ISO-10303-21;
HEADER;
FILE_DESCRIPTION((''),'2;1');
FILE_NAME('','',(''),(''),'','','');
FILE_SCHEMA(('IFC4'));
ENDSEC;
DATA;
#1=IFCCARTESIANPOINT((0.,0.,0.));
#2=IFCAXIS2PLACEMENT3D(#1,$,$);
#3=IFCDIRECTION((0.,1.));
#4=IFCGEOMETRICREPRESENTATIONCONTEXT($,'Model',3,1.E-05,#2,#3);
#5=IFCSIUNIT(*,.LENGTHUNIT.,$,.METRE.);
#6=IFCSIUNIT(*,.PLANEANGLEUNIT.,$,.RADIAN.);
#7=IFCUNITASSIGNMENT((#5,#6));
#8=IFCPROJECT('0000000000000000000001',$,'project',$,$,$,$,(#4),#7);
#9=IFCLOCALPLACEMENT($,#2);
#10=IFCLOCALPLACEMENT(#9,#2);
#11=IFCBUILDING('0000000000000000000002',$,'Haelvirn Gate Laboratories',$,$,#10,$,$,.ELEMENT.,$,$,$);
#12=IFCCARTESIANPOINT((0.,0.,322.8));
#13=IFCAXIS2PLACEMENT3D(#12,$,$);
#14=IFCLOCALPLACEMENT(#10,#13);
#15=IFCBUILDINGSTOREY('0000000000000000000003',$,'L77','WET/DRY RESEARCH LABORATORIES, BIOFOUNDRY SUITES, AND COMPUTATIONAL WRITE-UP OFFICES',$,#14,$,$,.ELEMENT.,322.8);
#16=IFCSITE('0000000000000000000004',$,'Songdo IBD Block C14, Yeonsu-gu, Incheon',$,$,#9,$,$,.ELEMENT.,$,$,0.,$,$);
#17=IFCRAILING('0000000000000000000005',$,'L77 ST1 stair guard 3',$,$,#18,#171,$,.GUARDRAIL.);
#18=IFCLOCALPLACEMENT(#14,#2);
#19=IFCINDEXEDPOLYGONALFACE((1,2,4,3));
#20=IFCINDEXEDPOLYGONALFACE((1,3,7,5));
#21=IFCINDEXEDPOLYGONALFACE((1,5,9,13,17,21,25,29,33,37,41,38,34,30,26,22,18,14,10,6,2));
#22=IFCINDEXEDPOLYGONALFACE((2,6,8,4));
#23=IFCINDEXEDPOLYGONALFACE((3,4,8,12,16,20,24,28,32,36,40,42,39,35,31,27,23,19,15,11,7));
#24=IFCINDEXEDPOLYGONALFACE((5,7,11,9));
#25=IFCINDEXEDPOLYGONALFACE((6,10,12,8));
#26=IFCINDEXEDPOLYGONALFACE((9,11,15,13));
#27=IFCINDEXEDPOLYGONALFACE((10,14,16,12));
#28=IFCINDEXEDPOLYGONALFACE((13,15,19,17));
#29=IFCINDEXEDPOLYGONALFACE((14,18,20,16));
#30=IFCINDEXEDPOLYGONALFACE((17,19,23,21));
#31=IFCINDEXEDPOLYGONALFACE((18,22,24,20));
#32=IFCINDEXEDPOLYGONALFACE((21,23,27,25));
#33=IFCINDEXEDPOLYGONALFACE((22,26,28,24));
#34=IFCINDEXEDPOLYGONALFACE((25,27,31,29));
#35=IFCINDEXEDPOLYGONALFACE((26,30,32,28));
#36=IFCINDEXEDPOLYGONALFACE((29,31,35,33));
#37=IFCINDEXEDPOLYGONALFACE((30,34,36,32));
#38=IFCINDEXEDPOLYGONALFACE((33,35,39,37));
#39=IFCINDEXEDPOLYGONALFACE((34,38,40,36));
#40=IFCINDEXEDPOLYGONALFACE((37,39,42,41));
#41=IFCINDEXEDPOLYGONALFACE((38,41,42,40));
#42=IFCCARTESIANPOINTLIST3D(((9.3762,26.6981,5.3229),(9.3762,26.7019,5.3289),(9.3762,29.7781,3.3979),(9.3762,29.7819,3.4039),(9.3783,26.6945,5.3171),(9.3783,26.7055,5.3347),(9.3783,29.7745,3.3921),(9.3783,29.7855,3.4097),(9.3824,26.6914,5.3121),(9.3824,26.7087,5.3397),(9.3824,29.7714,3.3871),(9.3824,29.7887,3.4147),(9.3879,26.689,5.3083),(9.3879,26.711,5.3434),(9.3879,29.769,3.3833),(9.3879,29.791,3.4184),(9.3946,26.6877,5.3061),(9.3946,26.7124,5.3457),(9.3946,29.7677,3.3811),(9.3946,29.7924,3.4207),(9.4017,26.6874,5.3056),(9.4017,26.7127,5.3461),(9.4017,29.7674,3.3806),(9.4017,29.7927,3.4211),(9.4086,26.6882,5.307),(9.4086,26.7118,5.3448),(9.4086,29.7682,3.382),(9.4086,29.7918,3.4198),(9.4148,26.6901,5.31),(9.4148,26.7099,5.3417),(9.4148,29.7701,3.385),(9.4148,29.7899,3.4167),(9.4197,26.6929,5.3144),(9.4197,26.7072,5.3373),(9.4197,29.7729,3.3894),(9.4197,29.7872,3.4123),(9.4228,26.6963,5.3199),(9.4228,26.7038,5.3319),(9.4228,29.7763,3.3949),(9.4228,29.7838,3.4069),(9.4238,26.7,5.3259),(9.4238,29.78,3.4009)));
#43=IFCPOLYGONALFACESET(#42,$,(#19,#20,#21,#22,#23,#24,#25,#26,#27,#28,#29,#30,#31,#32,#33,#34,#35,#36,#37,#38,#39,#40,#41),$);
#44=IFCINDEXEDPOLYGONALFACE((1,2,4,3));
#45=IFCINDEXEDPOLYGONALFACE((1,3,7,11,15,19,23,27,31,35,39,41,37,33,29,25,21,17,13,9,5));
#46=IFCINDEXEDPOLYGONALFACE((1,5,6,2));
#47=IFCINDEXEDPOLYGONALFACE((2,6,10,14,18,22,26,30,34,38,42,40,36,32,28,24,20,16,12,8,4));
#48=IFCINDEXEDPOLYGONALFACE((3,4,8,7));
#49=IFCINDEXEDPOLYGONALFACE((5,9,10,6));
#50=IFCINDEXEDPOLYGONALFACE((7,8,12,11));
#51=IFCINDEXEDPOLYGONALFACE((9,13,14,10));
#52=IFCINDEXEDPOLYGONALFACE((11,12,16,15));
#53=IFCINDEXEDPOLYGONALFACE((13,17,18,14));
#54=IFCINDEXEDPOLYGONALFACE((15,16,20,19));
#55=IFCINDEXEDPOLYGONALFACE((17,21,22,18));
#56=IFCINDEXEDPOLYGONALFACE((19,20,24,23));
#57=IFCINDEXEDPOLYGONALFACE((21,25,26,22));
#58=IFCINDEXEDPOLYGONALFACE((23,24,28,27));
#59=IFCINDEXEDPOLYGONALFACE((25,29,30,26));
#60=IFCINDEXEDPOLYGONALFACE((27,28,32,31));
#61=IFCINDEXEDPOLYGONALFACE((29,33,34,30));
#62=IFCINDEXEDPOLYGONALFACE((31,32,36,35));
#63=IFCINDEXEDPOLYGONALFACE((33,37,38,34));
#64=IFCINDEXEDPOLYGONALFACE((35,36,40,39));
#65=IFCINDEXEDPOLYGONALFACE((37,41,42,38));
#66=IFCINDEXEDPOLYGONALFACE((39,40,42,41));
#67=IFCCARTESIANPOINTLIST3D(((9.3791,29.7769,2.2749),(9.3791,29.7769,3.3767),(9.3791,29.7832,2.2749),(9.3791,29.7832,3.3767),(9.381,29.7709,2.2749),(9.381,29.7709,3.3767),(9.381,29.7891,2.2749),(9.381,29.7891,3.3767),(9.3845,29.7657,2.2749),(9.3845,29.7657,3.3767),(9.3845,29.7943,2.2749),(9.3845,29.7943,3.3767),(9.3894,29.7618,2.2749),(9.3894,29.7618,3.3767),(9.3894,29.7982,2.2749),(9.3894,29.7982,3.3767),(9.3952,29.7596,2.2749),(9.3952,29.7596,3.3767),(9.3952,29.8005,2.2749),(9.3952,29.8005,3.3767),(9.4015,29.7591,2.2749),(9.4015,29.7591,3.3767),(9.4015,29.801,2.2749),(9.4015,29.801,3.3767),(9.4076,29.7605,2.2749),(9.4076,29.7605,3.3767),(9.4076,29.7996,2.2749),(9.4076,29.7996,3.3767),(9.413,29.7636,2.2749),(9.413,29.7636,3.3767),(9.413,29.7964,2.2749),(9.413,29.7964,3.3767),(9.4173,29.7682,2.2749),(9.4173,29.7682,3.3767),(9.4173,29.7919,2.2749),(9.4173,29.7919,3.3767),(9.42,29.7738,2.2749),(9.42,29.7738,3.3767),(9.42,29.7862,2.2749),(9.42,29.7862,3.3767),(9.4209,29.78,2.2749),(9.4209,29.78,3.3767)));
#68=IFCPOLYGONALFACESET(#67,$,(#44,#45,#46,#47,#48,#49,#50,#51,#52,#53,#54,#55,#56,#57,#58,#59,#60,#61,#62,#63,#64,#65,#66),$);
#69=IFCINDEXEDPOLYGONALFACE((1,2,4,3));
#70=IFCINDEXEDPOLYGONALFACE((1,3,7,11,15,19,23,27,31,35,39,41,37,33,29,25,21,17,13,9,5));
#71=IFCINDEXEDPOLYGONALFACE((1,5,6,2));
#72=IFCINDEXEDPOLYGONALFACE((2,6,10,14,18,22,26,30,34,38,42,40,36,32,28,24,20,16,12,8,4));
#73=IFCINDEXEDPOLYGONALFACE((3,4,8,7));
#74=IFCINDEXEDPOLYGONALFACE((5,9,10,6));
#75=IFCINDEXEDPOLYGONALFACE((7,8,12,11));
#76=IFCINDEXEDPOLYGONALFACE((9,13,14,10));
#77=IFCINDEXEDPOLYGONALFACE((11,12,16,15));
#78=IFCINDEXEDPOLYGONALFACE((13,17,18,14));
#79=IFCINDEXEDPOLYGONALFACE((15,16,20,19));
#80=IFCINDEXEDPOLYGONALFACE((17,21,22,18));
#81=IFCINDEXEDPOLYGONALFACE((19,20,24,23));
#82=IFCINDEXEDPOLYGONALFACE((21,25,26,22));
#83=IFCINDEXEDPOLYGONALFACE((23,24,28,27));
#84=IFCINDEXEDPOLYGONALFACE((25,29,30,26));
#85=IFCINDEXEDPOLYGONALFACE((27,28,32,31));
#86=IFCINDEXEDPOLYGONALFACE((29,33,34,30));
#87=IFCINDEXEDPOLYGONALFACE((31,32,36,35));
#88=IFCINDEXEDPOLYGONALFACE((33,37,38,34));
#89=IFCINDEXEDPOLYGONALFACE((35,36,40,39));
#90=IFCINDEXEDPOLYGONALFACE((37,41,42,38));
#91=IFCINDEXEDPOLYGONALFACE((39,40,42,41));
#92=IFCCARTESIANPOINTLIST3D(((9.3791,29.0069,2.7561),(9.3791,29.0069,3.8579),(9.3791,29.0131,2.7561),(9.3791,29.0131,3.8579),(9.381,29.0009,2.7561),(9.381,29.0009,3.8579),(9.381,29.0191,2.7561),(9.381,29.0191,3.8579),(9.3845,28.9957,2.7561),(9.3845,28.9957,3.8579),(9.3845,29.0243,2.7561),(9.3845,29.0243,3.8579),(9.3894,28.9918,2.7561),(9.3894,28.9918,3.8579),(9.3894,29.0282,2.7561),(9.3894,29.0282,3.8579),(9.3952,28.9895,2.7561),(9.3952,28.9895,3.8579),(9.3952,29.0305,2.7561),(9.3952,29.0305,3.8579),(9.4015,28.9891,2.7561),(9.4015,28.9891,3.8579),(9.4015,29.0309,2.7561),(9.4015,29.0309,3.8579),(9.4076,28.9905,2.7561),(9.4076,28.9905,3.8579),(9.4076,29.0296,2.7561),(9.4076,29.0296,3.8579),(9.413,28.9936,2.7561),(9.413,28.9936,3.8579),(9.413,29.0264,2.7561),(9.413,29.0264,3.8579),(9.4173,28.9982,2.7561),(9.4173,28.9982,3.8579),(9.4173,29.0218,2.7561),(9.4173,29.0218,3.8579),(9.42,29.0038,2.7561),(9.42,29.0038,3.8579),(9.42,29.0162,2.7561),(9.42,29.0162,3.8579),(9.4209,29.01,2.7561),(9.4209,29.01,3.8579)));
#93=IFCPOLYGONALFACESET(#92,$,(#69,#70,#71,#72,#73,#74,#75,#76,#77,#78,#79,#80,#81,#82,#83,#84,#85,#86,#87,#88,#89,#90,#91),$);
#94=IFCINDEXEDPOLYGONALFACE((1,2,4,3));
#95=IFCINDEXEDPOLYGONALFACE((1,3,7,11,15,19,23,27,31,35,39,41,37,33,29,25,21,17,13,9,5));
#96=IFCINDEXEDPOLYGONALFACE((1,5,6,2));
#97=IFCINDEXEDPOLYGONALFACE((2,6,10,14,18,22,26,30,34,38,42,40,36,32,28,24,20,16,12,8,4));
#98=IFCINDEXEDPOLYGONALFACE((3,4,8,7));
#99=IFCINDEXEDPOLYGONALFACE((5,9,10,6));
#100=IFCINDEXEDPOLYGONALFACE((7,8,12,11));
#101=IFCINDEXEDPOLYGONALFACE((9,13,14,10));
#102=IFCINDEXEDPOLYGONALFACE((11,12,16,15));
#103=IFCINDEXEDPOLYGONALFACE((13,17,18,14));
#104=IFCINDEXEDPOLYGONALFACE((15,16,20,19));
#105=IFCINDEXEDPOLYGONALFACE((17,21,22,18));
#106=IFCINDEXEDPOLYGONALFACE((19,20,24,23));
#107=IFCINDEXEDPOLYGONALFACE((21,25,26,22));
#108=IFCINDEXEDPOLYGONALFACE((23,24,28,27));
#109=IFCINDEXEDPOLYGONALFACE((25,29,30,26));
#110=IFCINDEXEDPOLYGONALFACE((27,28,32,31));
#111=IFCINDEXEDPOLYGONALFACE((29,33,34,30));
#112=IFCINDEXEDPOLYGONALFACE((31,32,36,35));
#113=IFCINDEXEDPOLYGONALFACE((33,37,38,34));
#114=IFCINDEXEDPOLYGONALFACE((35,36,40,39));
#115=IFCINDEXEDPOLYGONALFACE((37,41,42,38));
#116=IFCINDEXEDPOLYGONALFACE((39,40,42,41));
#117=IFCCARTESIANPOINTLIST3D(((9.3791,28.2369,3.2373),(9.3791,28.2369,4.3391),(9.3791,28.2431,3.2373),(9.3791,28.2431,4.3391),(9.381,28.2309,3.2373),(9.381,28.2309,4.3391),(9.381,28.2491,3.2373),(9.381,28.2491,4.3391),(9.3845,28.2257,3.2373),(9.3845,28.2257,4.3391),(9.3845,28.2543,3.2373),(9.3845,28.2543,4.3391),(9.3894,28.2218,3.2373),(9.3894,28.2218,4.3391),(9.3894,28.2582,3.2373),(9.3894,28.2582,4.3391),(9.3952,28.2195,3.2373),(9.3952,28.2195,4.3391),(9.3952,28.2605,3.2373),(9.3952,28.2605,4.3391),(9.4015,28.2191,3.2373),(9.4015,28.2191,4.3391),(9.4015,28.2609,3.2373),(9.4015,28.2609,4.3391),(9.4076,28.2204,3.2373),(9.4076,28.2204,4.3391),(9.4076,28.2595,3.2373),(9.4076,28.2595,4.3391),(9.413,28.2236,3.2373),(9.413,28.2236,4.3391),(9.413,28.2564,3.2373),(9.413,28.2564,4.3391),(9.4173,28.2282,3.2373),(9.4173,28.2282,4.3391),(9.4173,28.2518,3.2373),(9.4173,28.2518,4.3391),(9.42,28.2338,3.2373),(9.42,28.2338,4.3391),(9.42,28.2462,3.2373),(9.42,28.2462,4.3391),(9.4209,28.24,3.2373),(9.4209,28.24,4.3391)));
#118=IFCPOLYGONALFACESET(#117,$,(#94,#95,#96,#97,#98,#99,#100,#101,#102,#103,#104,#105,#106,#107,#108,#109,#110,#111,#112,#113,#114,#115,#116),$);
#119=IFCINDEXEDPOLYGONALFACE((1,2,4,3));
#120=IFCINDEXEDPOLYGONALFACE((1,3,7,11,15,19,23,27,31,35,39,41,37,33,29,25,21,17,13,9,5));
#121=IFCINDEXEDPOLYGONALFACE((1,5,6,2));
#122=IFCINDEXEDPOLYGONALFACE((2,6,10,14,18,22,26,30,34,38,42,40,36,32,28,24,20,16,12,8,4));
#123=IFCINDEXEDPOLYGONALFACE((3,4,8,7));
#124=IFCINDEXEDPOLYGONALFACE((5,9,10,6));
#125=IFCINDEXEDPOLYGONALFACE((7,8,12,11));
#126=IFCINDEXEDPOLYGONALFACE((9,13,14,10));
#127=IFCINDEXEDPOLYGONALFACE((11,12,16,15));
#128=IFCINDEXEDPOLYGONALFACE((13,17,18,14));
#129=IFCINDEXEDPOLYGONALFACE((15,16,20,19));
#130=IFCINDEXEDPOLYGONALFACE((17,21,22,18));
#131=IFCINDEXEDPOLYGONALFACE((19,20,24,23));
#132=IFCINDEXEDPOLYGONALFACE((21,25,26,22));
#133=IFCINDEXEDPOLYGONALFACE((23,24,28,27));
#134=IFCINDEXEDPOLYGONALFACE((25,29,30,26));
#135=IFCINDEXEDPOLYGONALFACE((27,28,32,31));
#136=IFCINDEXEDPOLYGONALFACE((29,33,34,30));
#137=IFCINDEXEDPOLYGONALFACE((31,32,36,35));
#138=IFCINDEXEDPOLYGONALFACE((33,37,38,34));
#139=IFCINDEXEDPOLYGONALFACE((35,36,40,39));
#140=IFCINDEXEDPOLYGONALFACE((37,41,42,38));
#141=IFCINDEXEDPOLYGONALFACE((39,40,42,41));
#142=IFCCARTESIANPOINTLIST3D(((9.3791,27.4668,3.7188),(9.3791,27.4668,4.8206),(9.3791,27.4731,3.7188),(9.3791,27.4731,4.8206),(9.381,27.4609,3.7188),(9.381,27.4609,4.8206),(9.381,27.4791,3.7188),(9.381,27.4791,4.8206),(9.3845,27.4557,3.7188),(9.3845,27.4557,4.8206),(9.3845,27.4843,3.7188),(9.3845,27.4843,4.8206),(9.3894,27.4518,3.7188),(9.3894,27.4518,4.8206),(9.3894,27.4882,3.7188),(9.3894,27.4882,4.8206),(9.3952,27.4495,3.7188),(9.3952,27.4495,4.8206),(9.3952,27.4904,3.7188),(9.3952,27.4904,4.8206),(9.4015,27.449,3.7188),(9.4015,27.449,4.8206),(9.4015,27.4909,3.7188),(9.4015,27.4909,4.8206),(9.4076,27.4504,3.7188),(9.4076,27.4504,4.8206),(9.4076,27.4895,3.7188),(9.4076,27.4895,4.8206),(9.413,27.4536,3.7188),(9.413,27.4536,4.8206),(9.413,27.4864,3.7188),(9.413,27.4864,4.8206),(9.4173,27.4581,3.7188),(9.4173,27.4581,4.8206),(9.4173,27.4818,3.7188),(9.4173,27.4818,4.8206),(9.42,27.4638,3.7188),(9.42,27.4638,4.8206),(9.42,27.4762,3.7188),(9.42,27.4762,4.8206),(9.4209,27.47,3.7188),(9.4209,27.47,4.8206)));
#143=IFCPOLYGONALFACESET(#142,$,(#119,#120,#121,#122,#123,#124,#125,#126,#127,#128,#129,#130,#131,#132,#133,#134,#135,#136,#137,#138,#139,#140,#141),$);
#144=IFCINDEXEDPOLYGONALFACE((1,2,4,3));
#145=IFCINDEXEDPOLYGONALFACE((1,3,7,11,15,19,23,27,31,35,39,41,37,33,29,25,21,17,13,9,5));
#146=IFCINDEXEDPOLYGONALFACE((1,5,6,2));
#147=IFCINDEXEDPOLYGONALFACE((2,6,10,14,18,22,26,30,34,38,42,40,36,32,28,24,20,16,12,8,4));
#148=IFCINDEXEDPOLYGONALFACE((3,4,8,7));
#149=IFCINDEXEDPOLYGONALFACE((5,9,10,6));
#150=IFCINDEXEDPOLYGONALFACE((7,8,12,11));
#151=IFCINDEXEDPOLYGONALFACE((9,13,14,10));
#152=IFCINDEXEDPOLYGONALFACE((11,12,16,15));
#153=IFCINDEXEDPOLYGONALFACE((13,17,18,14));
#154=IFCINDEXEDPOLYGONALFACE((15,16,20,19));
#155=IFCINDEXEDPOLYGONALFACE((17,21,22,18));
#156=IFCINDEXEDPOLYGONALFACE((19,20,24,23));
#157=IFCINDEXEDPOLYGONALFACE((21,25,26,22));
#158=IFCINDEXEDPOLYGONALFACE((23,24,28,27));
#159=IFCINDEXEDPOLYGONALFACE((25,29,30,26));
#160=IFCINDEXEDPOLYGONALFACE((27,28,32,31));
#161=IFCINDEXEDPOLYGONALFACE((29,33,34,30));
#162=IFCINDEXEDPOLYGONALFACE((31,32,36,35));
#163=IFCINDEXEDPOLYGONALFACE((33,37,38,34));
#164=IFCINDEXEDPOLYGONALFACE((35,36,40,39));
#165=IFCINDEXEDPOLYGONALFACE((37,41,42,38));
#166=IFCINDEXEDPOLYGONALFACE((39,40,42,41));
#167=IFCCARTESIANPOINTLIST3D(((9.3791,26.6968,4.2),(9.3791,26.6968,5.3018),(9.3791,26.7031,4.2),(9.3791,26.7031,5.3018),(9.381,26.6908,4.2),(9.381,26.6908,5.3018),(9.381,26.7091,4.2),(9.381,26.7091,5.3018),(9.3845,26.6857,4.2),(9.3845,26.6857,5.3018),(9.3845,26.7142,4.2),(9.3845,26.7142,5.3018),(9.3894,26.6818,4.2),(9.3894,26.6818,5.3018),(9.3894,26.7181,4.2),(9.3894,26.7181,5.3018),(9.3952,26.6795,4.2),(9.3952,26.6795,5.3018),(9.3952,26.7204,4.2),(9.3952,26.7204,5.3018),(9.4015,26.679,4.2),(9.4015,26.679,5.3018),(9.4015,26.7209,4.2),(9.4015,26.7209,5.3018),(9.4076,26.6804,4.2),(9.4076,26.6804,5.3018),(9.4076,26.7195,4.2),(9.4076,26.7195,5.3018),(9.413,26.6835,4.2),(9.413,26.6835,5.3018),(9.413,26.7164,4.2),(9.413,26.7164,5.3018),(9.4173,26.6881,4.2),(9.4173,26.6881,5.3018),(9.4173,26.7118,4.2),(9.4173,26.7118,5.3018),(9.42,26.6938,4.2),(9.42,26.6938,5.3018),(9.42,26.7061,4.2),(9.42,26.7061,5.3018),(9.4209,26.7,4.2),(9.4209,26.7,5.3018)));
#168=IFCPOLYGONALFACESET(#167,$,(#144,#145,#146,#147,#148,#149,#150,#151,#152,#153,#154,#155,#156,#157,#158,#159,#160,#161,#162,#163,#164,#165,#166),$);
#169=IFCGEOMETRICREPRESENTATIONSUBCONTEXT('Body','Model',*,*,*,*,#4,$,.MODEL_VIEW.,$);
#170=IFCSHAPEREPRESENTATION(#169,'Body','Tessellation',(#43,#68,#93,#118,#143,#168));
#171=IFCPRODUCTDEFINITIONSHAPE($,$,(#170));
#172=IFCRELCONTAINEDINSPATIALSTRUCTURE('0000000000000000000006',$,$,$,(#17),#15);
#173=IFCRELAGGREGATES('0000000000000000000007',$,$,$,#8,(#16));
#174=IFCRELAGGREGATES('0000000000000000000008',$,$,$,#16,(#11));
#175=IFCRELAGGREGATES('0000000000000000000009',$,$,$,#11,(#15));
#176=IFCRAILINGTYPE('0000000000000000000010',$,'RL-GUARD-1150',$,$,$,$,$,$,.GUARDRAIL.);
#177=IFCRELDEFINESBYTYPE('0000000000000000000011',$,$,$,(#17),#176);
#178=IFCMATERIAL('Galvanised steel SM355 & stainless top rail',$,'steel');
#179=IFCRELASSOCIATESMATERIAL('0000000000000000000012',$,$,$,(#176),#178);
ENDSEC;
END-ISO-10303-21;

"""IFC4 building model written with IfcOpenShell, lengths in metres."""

from ifc_helpers import new_model, si_unit, direction, frame, origin, origin_2d, place, context, subcontext, project, spatial, circle, extrude, source, transform, mapped, material, type_object, element, save


model = new_model("IFC4")

# Units and contexts
model_context = context("Model", 3, precision=1e-05, world=origin(), true_north=direction((0.0, 1.0)))
body_context = subcontext(model_context, "Body", "Model", "MODEL_VIEW")
ifc_project = project(units=[si_unit("LENGTHUNIT", "METRE"), si_unit("PLANEANGLEUNIT", "RADIAN")], contexts=[model_context])

# Site, building, storey
site_placement = place(None, origin())
site = spatial("IfcSite", under=ifc_project, at=site_placement, Name="Songdo IBD Block C14, Yeonsu-gu, Incheon", CompositionType="ELEMENT", RefElevation=0.0)
building_placement = place(site_placement, origin())
building = spatial("IfcBuilding", under=site, at=building_placement, Name="Haelvirn Gate Laboratories", CompositionType="ELEMENT")
storey_placement = place(building_placement, frame((0.0, 0.0, 322.8)))
storey = spatial("IfcBuildingStorey", under=building, at=storey_placement, Name="L77", Description="WET/DRY RESEARCH LABORATORIES, BIOFOUNDRY SUITES, AND COMPUTATIONAL WRITE-UP OFFICES", CompositionType="ELEMENT", Elevation=322.8)

# Railing
ifc_material_1 = material(Name="Galvanised steel SM355 & stainless top rail", Category="steel")
railing_type_1 = type_object("IfcRailingType", Name="RL-GUARD-1150", PredefinedType="GUARDRAIL", material=ifc_material_1)
shared_shape_1 = source(origin(), body_context, "Body", "SweptSolid", [
    extrude(circle(Radius=0.0239, at=origin_2d()), frame((0.0, 0.0, 1.126), z_axis=(0.0, -0.847998, 0.529999), x_axis=(1.0, 0.0, 0.0)), (0.0, 0.0, 1.0), 3.6321),
    extrude(circle(Radius=0.021, at=origin_2d()), origin(), (0.0, 0.0, 1.0), 1.1018),
    extrude(circle(Radius=0.021, at=origin_2d()), frame((0.0, -0.77, 0.4812)), (0.0, 0.0, 1.0), 1.1018),
    extrude(circle(Radius=0.021, at=origin_2d()), frame((0.0, -1.54, 0.9624)), (0.0, 0.0, 1.0), 1.1018),
    extrude(circle(Radius=0.021, at=origin_2d()), frame((0.0, -2.3101, 1.4438)), (0.0, 0.0, 1.0), 1.1018),
    extrude(circle(Radius=0.021, at=origin_2d()), frame((0.0, -3.0801, 1.925)), (0.0, 0.0, 1.0), 1.1018),
])
railing_1_placement = place(storey_placement, frame((9.3999, 29.78, 2.2749)))
element("IfcRailing", 1, at=railing_1_placement, inside=storey, type_object=railing_type_1, Name="L77 ST1 stair guard 3", PredefinedType="GUARDRAIL", context=body_context, shape_type="MappedRepresentation", body=[
    mapped(shared_shape_1, transform((0.0, 0.0, 0.0), scale=1.0)),
])

save(model, "model.ifc")
